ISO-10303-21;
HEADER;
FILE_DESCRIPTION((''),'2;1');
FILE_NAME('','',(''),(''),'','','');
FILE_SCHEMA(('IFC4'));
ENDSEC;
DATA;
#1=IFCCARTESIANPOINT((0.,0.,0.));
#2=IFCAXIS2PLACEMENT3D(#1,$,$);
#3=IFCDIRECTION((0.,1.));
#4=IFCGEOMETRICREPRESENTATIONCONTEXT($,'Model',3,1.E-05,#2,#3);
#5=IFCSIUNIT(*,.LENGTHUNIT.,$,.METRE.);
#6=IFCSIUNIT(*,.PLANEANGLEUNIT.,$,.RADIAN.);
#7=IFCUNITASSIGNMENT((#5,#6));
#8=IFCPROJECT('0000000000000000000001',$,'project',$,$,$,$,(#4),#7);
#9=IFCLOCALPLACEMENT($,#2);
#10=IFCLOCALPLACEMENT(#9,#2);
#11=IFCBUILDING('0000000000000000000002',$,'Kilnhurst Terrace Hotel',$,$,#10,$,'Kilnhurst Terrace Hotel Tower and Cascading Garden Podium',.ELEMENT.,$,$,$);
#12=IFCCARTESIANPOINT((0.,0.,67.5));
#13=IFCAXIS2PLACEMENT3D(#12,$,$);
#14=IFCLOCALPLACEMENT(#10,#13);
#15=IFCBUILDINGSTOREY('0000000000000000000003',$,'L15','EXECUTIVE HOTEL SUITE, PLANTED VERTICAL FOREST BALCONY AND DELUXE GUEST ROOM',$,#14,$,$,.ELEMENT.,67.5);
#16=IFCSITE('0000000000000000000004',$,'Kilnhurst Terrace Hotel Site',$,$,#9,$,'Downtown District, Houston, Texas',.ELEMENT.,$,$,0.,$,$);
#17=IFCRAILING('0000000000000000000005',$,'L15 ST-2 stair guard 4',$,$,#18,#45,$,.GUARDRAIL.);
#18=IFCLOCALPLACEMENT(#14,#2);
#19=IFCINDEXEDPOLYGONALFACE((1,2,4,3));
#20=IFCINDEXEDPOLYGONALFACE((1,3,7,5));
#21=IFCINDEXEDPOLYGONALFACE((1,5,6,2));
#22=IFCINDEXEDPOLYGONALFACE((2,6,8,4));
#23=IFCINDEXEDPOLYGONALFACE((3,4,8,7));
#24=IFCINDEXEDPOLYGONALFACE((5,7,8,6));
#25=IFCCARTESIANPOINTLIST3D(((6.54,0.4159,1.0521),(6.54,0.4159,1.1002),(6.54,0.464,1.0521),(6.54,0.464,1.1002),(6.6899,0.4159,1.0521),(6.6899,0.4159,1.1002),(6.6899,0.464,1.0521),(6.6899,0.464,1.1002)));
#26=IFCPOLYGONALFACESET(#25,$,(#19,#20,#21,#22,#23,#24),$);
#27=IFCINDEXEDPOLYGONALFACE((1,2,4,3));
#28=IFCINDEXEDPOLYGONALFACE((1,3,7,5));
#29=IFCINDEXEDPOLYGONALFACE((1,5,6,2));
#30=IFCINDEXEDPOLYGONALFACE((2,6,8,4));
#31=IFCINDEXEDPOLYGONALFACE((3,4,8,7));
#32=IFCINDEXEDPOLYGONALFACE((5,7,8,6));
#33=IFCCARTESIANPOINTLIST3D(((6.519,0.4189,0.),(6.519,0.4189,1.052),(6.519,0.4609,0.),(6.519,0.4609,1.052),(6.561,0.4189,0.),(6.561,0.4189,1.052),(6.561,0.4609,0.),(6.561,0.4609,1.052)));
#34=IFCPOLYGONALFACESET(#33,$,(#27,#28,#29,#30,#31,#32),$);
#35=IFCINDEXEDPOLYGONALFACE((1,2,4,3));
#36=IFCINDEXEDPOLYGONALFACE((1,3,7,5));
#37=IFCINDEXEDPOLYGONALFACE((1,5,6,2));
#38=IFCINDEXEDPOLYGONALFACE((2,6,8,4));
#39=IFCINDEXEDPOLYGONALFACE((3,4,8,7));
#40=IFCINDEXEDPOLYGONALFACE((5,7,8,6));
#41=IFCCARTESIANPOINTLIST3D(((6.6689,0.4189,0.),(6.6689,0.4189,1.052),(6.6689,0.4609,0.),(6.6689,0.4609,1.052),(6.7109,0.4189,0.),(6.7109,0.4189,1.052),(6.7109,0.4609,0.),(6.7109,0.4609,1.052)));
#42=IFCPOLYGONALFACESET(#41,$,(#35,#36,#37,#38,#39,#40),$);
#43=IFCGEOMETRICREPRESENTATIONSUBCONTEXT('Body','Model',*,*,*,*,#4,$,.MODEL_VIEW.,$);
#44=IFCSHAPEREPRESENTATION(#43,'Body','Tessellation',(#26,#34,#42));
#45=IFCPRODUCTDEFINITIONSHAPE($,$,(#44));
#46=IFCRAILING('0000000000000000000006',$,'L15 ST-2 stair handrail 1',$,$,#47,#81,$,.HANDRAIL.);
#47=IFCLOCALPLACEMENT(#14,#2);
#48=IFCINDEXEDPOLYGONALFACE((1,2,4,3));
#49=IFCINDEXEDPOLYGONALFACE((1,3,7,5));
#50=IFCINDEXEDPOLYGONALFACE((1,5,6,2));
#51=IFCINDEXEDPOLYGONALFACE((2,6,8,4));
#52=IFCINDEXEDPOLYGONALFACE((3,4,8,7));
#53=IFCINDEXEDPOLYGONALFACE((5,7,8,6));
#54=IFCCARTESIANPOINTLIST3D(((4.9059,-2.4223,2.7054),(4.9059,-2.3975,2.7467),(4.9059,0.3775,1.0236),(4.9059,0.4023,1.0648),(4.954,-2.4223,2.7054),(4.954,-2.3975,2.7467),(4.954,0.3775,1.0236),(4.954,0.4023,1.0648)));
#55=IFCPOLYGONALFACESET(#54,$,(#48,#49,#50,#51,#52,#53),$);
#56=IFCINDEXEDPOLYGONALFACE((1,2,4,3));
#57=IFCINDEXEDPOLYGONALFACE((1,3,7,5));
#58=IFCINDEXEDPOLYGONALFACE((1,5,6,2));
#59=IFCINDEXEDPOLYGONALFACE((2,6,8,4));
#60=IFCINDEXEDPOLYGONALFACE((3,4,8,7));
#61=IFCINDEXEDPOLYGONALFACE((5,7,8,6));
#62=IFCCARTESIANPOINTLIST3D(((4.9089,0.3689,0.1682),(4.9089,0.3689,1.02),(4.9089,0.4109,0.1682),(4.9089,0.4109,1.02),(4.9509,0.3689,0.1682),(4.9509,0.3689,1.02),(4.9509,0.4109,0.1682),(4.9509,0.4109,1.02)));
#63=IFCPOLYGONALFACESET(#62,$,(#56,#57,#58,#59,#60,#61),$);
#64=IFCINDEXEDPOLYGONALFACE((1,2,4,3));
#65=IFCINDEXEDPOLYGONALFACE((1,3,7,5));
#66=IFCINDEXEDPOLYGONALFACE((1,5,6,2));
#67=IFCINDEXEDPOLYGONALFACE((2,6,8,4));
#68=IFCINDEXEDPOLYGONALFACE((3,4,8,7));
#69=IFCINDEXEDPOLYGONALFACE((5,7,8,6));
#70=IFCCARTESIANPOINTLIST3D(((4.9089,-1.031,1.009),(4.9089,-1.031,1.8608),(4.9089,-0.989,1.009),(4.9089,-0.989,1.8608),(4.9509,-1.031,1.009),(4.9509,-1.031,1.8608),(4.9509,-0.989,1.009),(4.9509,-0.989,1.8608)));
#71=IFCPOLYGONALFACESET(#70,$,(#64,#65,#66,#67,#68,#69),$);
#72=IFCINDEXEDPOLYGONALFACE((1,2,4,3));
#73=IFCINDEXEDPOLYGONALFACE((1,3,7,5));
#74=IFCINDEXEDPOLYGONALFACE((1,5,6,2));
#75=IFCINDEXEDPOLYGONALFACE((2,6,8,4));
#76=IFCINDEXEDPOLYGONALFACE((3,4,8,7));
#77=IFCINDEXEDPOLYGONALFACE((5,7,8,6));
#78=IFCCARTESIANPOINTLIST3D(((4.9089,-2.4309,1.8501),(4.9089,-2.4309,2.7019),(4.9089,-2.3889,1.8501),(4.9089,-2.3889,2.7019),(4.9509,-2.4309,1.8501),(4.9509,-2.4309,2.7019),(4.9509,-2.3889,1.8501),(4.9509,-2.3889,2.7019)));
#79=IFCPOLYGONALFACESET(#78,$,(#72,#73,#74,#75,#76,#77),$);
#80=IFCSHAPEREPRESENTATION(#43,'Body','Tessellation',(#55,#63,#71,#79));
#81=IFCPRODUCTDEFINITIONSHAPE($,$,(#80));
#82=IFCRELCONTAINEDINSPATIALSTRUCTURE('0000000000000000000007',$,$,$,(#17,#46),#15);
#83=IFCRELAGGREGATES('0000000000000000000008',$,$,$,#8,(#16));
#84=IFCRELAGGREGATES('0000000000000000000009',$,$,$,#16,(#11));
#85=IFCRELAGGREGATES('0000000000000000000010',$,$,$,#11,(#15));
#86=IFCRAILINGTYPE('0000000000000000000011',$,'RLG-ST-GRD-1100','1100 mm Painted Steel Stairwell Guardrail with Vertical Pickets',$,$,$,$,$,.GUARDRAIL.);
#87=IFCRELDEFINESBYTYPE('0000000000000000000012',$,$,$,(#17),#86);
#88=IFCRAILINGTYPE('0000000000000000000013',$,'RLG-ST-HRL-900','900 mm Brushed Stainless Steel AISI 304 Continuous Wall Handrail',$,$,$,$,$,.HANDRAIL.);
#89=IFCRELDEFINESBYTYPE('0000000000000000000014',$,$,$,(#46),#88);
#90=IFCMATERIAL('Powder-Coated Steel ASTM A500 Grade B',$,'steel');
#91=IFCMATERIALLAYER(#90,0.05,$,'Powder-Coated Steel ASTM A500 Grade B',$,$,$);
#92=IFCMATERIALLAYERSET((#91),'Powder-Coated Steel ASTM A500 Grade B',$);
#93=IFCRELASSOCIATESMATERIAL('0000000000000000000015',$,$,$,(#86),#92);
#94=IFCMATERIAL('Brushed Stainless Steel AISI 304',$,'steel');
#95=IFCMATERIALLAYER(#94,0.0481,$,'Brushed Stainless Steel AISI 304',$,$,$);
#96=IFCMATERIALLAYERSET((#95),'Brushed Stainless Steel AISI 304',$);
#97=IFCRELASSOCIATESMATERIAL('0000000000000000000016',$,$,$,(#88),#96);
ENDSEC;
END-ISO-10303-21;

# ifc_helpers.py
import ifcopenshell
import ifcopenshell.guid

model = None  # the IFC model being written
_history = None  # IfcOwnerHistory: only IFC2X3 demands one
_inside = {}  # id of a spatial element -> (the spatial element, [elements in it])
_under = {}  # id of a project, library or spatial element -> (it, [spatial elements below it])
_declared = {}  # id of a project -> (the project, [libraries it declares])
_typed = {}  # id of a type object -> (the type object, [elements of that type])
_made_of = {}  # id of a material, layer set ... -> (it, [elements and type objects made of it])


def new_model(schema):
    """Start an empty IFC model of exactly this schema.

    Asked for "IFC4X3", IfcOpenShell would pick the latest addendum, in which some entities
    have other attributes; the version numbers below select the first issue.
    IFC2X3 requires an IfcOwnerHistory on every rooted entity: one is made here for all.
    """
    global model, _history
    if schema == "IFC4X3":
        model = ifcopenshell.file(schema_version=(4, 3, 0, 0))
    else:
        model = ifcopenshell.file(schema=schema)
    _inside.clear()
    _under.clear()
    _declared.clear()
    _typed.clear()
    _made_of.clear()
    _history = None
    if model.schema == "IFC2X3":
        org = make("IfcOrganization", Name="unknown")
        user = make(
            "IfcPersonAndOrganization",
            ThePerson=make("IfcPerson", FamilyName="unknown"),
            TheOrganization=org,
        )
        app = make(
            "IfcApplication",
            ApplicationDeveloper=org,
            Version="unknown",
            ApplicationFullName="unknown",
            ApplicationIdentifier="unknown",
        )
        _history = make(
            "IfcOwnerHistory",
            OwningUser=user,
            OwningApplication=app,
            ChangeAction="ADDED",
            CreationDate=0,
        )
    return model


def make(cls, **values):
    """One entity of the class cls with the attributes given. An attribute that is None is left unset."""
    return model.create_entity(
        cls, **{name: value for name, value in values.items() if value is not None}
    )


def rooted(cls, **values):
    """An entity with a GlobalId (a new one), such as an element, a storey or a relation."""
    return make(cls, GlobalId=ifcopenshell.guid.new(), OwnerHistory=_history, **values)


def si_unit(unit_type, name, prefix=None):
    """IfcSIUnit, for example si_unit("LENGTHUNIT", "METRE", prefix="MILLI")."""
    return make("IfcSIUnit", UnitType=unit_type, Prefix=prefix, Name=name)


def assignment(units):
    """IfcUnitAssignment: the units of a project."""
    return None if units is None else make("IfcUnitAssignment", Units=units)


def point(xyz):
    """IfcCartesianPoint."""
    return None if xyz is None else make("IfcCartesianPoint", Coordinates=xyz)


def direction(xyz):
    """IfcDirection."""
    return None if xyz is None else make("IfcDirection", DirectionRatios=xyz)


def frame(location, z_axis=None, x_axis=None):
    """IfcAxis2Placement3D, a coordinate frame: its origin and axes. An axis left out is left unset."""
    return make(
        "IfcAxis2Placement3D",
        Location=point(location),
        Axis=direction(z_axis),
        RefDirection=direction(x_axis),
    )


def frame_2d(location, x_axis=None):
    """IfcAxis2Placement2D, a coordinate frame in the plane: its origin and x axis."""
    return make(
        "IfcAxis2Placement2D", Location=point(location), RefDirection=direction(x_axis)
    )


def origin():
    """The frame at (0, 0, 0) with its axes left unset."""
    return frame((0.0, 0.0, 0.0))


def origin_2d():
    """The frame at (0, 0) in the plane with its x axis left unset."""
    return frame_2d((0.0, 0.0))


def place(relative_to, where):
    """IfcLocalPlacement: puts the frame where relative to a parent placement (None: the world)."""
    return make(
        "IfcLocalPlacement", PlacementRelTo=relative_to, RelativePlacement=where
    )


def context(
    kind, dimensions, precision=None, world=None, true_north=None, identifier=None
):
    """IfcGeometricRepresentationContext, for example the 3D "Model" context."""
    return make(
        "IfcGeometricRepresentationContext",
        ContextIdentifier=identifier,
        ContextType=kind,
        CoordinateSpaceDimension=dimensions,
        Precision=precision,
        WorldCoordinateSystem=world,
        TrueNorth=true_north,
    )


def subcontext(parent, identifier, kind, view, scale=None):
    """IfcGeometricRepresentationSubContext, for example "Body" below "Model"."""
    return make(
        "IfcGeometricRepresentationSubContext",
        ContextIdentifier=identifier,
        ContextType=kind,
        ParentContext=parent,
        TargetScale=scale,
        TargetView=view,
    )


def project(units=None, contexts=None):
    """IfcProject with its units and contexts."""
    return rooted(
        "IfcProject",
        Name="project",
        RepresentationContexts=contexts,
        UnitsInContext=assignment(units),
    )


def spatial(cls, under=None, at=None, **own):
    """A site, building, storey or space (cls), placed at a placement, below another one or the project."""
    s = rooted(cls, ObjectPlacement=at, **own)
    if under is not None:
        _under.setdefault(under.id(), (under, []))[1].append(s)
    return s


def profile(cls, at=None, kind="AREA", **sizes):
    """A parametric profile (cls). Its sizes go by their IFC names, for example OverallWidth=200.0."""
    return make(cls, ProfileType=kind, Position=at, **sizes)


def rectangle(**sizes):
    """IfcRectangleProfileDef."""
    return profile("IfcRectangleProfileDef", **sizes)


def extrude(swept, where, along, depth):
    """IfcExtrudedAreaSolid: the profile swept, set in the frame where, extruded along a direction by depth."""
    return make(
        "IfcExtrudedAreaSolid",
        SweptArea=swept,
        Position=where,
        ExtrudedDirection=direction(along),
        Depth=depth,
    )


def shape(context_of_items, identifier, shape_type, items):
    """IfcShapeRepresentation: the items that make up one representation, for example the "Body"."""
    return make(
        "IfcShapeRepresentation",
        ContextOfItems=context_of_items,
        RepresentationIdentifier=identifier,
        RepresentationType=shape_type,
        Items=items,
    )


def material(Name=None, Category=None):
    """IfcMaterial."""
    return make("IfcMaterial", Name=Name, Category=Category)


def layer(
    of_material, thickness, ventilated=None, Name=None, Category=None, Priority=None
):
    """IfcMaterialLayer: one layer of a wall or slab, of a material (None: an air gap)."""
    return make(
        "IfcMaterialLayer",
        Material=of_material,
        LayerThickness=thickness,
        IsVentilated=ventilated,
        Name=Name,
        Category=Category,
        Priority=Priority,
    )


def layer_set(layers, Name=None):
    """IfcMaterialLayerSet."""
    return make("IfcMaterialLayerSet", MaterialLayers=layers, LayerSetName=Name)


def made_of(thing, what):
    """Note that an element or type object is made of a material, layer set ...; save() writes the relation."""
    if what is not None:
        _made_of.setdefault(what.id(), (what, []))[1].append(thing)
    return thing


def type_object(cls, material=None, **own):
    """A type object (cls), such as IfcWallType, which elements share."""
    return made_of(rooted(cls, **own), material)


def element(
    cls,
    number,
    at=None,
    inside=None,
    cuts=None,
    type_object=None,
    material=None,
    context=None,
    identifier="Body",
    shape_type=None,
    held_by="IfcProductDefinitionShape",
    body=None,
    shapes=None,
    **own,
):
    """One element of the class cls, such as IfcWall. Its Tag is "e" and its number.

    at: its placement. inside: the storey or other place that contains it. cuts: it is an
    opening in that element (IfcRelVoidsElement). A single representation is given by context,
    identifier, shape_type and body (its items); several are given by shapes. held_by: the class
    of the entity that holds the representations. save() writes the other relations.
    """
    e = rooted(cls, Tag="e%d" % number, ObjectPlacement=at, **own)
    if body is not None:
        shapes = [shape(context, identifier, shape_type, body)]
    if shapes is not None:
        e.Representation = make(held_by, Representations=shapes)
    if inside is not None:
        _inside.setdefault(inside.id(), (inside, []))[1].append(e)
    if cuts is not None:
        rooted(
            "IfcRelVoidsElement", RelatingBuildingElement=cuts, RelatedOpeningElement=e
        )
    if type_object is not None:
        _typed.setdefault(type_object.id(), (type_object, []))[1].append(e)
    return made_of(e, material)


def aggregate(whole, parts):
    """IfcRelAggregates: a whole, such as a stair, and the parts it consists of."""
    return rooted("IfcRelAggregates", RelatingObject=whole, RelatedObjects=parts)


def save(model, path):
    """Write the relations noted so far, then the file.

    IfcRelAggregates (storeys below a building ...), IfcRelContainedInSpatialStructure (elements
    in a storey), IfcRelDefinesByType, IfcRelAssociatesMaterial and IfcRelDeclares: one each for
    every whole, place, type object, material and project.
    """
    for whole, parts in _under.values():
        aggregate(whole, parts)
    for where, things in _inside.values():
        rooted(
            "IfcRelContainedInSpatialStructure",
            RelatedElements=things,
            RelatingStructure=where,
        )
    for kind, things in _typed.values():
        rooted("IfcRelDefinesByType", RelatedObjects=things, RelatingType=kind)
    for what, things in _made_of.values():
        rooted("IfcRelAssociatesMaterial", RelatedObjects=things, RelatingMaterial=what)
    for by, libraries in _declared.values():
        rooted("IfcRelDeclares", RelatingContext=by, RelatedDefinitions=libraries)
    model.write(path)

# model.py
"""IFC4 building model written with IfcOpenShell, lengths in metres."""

from ifc_helpers import new_model, si_unit, direction, frame, origin, origin_2d, place, context, subcontext, project, spatial, rectangle, extrude, material, layer, layer_set, type_object, element, save


model = new_model("IFC4")

# Units and contexts
model_context = context("Model", 3, precision=1e-05, world=origin(), true_north=direction((0.0, 1.0)))
body_context = subcontext(model_context, "Body", "Model", "MODEL_VIEW")
ifc_project = project(units=[si_unit("LENGTHUNIT", "METRE"), si_unit("PLANEANGLEUNIT", "RADIAN")], contexts=[model_context])

# Site, building, storey
site_placement = place(None, origin())
site = spatial("IfcSite", under=ifc_project, at=site_placement, Name="Kilnhurst Terrace Hotel Site", LongName="Downtown District, Houston, Texas", CompositionType="ELEMENT", RefElevation=0.0)
building_placement = place(site_placement, origin())
building = spatial("IfcBuilding", under=site, at=building_placement, Name="Kilnhurst Terrace Hotel", LongName="Kilnhurst Terrace Hotel Tower and Cascading Garden Podium", CompositionType="ELEMENT")
storey_placement = place(building_placement, frame((0.0, 0.0, 67.5)))
storey = spatial("IfcBuildingStorey", under=building, at=storey_placement, Name="L15", Description="EXECUTIVE HOTEL SUITE, PLANTED VERTICAL FOREST BALCONY AND DELUXE GUEST ROOM", CompositionType="ELEMENT", Elevation=67.5)

# Railings
ifc_material_1 = material(Name="Powder-Coated Steel ASTM A500 Grade B", Category="steel")
ifc_layer_1 = layer(ifc_material_1, 0.05, Name="Powder-Coated Steel ASTM A500 Grade B")
ifc_layer_set_1 = layer_set([ifc_layer_1], Name="Powder-Coated Steel ASTM A500 Grade B")
railing_type_1 = type_object("IfcRailingType", Name="RLG-ST-GRD-1100", Description="1100 mm Painted Steel Stairwell Guardrail with Vertical Pickets", PredefinedType="GUARDRAIL", material=ifc_layer_set_1)
railing_1_placement = place(storey_placement, frame((6.54, 0.4399, 0.0)))
element("IfcRailing", 1, at=railing_1_placement, inside=storey, type_object=railing_type_1, Name="L15 ST-2 stair guard 4", PredefinedType="GUARDRAIL", context=body_context, shape_type="SweptSolid", body=[
    extrude(rectangle(XDim=0.0481, YDim=0.0481, at=origin_2d()), frame((0.0, 0.0, 1.0762), z_axis=(1.0, 0.0, 0.0), x_axis=(0.0, 1.0, 0.0)), (0.0, 0.0, 1.0), 0.1499),
    extrude(rectangle(XDim=0.042, YDim=0.042, at=origin_2d()), origin(), (0.0, 0.0, 1.0), 1.052),
    extrude(rectangle(XDim=0.042, YDim=0.042, at=origin_2d()), frame((0.1499, 0.0, 0.0)), (0.0, 0.0, 1.0), 1.052),
])
ifc_material_2 = material(Name="Brushed Stainless Steel AISI 304", Category="steel")
ifc_layer_2 = layer(ifc_material_2, 0.0481, Name="Brushed Stainless Steel AISI 304")
ifc_layer_set_2 = layer_set([ifc_layer_2], Name="Brushed Stainless Steel AISI 304")
railing_type_2 = type_object("IfcRailingType", Name="RLG-ST-HRL-900", Description="900 mm Brushed Stainless Steel AISI 304 Continuous Wall Handrail", PredefinedType="HANDRAIL", material=ifc_layer_set_2)
railing_2_placement = place(storey_placement, frame((4.9299, 0.3899, 0.1682)))
element("IfcRailing", 2, at=railing_2_placement, inside=storey, type_object=railing_type_2, Name="L15 ST-2 stair handrail 1", PredefinedType="HANDRAIL", context=body_context, shape_type="SweptSolid", body=[
    extrude(rectangle(XDim=0.0481, YDim=0.0481, at=origin_2d()), frame((0.0, 0.0, 0.876), z_axis=(0.0, -0.857222, 0.514946), x_axis=(1.0, 0.0, 0.0)), (0.0, 0.0, 1.0), 3.2661),
    extrude(rectangle(XDim=0.042, YDim=0.042, at=origin_2d()), origin(), (0.0, 0.0, 1.0), 0.8518),
    extrude(rectangle(XDim=0.042, YDim=0.042, at=origin_2d()), frame((0.0, -1.3999, 0.8408)), (0.0, 0.0, 1.0), 0.8518),
    extrude(rectangle(XDim=0.042, YDim=0.042, at=origin_2d()), frame((0.0, -2.7998, 1.6819)), (0.0, 0.0, 1.0), 0.8518),
])

save(model, "model.ifc")
